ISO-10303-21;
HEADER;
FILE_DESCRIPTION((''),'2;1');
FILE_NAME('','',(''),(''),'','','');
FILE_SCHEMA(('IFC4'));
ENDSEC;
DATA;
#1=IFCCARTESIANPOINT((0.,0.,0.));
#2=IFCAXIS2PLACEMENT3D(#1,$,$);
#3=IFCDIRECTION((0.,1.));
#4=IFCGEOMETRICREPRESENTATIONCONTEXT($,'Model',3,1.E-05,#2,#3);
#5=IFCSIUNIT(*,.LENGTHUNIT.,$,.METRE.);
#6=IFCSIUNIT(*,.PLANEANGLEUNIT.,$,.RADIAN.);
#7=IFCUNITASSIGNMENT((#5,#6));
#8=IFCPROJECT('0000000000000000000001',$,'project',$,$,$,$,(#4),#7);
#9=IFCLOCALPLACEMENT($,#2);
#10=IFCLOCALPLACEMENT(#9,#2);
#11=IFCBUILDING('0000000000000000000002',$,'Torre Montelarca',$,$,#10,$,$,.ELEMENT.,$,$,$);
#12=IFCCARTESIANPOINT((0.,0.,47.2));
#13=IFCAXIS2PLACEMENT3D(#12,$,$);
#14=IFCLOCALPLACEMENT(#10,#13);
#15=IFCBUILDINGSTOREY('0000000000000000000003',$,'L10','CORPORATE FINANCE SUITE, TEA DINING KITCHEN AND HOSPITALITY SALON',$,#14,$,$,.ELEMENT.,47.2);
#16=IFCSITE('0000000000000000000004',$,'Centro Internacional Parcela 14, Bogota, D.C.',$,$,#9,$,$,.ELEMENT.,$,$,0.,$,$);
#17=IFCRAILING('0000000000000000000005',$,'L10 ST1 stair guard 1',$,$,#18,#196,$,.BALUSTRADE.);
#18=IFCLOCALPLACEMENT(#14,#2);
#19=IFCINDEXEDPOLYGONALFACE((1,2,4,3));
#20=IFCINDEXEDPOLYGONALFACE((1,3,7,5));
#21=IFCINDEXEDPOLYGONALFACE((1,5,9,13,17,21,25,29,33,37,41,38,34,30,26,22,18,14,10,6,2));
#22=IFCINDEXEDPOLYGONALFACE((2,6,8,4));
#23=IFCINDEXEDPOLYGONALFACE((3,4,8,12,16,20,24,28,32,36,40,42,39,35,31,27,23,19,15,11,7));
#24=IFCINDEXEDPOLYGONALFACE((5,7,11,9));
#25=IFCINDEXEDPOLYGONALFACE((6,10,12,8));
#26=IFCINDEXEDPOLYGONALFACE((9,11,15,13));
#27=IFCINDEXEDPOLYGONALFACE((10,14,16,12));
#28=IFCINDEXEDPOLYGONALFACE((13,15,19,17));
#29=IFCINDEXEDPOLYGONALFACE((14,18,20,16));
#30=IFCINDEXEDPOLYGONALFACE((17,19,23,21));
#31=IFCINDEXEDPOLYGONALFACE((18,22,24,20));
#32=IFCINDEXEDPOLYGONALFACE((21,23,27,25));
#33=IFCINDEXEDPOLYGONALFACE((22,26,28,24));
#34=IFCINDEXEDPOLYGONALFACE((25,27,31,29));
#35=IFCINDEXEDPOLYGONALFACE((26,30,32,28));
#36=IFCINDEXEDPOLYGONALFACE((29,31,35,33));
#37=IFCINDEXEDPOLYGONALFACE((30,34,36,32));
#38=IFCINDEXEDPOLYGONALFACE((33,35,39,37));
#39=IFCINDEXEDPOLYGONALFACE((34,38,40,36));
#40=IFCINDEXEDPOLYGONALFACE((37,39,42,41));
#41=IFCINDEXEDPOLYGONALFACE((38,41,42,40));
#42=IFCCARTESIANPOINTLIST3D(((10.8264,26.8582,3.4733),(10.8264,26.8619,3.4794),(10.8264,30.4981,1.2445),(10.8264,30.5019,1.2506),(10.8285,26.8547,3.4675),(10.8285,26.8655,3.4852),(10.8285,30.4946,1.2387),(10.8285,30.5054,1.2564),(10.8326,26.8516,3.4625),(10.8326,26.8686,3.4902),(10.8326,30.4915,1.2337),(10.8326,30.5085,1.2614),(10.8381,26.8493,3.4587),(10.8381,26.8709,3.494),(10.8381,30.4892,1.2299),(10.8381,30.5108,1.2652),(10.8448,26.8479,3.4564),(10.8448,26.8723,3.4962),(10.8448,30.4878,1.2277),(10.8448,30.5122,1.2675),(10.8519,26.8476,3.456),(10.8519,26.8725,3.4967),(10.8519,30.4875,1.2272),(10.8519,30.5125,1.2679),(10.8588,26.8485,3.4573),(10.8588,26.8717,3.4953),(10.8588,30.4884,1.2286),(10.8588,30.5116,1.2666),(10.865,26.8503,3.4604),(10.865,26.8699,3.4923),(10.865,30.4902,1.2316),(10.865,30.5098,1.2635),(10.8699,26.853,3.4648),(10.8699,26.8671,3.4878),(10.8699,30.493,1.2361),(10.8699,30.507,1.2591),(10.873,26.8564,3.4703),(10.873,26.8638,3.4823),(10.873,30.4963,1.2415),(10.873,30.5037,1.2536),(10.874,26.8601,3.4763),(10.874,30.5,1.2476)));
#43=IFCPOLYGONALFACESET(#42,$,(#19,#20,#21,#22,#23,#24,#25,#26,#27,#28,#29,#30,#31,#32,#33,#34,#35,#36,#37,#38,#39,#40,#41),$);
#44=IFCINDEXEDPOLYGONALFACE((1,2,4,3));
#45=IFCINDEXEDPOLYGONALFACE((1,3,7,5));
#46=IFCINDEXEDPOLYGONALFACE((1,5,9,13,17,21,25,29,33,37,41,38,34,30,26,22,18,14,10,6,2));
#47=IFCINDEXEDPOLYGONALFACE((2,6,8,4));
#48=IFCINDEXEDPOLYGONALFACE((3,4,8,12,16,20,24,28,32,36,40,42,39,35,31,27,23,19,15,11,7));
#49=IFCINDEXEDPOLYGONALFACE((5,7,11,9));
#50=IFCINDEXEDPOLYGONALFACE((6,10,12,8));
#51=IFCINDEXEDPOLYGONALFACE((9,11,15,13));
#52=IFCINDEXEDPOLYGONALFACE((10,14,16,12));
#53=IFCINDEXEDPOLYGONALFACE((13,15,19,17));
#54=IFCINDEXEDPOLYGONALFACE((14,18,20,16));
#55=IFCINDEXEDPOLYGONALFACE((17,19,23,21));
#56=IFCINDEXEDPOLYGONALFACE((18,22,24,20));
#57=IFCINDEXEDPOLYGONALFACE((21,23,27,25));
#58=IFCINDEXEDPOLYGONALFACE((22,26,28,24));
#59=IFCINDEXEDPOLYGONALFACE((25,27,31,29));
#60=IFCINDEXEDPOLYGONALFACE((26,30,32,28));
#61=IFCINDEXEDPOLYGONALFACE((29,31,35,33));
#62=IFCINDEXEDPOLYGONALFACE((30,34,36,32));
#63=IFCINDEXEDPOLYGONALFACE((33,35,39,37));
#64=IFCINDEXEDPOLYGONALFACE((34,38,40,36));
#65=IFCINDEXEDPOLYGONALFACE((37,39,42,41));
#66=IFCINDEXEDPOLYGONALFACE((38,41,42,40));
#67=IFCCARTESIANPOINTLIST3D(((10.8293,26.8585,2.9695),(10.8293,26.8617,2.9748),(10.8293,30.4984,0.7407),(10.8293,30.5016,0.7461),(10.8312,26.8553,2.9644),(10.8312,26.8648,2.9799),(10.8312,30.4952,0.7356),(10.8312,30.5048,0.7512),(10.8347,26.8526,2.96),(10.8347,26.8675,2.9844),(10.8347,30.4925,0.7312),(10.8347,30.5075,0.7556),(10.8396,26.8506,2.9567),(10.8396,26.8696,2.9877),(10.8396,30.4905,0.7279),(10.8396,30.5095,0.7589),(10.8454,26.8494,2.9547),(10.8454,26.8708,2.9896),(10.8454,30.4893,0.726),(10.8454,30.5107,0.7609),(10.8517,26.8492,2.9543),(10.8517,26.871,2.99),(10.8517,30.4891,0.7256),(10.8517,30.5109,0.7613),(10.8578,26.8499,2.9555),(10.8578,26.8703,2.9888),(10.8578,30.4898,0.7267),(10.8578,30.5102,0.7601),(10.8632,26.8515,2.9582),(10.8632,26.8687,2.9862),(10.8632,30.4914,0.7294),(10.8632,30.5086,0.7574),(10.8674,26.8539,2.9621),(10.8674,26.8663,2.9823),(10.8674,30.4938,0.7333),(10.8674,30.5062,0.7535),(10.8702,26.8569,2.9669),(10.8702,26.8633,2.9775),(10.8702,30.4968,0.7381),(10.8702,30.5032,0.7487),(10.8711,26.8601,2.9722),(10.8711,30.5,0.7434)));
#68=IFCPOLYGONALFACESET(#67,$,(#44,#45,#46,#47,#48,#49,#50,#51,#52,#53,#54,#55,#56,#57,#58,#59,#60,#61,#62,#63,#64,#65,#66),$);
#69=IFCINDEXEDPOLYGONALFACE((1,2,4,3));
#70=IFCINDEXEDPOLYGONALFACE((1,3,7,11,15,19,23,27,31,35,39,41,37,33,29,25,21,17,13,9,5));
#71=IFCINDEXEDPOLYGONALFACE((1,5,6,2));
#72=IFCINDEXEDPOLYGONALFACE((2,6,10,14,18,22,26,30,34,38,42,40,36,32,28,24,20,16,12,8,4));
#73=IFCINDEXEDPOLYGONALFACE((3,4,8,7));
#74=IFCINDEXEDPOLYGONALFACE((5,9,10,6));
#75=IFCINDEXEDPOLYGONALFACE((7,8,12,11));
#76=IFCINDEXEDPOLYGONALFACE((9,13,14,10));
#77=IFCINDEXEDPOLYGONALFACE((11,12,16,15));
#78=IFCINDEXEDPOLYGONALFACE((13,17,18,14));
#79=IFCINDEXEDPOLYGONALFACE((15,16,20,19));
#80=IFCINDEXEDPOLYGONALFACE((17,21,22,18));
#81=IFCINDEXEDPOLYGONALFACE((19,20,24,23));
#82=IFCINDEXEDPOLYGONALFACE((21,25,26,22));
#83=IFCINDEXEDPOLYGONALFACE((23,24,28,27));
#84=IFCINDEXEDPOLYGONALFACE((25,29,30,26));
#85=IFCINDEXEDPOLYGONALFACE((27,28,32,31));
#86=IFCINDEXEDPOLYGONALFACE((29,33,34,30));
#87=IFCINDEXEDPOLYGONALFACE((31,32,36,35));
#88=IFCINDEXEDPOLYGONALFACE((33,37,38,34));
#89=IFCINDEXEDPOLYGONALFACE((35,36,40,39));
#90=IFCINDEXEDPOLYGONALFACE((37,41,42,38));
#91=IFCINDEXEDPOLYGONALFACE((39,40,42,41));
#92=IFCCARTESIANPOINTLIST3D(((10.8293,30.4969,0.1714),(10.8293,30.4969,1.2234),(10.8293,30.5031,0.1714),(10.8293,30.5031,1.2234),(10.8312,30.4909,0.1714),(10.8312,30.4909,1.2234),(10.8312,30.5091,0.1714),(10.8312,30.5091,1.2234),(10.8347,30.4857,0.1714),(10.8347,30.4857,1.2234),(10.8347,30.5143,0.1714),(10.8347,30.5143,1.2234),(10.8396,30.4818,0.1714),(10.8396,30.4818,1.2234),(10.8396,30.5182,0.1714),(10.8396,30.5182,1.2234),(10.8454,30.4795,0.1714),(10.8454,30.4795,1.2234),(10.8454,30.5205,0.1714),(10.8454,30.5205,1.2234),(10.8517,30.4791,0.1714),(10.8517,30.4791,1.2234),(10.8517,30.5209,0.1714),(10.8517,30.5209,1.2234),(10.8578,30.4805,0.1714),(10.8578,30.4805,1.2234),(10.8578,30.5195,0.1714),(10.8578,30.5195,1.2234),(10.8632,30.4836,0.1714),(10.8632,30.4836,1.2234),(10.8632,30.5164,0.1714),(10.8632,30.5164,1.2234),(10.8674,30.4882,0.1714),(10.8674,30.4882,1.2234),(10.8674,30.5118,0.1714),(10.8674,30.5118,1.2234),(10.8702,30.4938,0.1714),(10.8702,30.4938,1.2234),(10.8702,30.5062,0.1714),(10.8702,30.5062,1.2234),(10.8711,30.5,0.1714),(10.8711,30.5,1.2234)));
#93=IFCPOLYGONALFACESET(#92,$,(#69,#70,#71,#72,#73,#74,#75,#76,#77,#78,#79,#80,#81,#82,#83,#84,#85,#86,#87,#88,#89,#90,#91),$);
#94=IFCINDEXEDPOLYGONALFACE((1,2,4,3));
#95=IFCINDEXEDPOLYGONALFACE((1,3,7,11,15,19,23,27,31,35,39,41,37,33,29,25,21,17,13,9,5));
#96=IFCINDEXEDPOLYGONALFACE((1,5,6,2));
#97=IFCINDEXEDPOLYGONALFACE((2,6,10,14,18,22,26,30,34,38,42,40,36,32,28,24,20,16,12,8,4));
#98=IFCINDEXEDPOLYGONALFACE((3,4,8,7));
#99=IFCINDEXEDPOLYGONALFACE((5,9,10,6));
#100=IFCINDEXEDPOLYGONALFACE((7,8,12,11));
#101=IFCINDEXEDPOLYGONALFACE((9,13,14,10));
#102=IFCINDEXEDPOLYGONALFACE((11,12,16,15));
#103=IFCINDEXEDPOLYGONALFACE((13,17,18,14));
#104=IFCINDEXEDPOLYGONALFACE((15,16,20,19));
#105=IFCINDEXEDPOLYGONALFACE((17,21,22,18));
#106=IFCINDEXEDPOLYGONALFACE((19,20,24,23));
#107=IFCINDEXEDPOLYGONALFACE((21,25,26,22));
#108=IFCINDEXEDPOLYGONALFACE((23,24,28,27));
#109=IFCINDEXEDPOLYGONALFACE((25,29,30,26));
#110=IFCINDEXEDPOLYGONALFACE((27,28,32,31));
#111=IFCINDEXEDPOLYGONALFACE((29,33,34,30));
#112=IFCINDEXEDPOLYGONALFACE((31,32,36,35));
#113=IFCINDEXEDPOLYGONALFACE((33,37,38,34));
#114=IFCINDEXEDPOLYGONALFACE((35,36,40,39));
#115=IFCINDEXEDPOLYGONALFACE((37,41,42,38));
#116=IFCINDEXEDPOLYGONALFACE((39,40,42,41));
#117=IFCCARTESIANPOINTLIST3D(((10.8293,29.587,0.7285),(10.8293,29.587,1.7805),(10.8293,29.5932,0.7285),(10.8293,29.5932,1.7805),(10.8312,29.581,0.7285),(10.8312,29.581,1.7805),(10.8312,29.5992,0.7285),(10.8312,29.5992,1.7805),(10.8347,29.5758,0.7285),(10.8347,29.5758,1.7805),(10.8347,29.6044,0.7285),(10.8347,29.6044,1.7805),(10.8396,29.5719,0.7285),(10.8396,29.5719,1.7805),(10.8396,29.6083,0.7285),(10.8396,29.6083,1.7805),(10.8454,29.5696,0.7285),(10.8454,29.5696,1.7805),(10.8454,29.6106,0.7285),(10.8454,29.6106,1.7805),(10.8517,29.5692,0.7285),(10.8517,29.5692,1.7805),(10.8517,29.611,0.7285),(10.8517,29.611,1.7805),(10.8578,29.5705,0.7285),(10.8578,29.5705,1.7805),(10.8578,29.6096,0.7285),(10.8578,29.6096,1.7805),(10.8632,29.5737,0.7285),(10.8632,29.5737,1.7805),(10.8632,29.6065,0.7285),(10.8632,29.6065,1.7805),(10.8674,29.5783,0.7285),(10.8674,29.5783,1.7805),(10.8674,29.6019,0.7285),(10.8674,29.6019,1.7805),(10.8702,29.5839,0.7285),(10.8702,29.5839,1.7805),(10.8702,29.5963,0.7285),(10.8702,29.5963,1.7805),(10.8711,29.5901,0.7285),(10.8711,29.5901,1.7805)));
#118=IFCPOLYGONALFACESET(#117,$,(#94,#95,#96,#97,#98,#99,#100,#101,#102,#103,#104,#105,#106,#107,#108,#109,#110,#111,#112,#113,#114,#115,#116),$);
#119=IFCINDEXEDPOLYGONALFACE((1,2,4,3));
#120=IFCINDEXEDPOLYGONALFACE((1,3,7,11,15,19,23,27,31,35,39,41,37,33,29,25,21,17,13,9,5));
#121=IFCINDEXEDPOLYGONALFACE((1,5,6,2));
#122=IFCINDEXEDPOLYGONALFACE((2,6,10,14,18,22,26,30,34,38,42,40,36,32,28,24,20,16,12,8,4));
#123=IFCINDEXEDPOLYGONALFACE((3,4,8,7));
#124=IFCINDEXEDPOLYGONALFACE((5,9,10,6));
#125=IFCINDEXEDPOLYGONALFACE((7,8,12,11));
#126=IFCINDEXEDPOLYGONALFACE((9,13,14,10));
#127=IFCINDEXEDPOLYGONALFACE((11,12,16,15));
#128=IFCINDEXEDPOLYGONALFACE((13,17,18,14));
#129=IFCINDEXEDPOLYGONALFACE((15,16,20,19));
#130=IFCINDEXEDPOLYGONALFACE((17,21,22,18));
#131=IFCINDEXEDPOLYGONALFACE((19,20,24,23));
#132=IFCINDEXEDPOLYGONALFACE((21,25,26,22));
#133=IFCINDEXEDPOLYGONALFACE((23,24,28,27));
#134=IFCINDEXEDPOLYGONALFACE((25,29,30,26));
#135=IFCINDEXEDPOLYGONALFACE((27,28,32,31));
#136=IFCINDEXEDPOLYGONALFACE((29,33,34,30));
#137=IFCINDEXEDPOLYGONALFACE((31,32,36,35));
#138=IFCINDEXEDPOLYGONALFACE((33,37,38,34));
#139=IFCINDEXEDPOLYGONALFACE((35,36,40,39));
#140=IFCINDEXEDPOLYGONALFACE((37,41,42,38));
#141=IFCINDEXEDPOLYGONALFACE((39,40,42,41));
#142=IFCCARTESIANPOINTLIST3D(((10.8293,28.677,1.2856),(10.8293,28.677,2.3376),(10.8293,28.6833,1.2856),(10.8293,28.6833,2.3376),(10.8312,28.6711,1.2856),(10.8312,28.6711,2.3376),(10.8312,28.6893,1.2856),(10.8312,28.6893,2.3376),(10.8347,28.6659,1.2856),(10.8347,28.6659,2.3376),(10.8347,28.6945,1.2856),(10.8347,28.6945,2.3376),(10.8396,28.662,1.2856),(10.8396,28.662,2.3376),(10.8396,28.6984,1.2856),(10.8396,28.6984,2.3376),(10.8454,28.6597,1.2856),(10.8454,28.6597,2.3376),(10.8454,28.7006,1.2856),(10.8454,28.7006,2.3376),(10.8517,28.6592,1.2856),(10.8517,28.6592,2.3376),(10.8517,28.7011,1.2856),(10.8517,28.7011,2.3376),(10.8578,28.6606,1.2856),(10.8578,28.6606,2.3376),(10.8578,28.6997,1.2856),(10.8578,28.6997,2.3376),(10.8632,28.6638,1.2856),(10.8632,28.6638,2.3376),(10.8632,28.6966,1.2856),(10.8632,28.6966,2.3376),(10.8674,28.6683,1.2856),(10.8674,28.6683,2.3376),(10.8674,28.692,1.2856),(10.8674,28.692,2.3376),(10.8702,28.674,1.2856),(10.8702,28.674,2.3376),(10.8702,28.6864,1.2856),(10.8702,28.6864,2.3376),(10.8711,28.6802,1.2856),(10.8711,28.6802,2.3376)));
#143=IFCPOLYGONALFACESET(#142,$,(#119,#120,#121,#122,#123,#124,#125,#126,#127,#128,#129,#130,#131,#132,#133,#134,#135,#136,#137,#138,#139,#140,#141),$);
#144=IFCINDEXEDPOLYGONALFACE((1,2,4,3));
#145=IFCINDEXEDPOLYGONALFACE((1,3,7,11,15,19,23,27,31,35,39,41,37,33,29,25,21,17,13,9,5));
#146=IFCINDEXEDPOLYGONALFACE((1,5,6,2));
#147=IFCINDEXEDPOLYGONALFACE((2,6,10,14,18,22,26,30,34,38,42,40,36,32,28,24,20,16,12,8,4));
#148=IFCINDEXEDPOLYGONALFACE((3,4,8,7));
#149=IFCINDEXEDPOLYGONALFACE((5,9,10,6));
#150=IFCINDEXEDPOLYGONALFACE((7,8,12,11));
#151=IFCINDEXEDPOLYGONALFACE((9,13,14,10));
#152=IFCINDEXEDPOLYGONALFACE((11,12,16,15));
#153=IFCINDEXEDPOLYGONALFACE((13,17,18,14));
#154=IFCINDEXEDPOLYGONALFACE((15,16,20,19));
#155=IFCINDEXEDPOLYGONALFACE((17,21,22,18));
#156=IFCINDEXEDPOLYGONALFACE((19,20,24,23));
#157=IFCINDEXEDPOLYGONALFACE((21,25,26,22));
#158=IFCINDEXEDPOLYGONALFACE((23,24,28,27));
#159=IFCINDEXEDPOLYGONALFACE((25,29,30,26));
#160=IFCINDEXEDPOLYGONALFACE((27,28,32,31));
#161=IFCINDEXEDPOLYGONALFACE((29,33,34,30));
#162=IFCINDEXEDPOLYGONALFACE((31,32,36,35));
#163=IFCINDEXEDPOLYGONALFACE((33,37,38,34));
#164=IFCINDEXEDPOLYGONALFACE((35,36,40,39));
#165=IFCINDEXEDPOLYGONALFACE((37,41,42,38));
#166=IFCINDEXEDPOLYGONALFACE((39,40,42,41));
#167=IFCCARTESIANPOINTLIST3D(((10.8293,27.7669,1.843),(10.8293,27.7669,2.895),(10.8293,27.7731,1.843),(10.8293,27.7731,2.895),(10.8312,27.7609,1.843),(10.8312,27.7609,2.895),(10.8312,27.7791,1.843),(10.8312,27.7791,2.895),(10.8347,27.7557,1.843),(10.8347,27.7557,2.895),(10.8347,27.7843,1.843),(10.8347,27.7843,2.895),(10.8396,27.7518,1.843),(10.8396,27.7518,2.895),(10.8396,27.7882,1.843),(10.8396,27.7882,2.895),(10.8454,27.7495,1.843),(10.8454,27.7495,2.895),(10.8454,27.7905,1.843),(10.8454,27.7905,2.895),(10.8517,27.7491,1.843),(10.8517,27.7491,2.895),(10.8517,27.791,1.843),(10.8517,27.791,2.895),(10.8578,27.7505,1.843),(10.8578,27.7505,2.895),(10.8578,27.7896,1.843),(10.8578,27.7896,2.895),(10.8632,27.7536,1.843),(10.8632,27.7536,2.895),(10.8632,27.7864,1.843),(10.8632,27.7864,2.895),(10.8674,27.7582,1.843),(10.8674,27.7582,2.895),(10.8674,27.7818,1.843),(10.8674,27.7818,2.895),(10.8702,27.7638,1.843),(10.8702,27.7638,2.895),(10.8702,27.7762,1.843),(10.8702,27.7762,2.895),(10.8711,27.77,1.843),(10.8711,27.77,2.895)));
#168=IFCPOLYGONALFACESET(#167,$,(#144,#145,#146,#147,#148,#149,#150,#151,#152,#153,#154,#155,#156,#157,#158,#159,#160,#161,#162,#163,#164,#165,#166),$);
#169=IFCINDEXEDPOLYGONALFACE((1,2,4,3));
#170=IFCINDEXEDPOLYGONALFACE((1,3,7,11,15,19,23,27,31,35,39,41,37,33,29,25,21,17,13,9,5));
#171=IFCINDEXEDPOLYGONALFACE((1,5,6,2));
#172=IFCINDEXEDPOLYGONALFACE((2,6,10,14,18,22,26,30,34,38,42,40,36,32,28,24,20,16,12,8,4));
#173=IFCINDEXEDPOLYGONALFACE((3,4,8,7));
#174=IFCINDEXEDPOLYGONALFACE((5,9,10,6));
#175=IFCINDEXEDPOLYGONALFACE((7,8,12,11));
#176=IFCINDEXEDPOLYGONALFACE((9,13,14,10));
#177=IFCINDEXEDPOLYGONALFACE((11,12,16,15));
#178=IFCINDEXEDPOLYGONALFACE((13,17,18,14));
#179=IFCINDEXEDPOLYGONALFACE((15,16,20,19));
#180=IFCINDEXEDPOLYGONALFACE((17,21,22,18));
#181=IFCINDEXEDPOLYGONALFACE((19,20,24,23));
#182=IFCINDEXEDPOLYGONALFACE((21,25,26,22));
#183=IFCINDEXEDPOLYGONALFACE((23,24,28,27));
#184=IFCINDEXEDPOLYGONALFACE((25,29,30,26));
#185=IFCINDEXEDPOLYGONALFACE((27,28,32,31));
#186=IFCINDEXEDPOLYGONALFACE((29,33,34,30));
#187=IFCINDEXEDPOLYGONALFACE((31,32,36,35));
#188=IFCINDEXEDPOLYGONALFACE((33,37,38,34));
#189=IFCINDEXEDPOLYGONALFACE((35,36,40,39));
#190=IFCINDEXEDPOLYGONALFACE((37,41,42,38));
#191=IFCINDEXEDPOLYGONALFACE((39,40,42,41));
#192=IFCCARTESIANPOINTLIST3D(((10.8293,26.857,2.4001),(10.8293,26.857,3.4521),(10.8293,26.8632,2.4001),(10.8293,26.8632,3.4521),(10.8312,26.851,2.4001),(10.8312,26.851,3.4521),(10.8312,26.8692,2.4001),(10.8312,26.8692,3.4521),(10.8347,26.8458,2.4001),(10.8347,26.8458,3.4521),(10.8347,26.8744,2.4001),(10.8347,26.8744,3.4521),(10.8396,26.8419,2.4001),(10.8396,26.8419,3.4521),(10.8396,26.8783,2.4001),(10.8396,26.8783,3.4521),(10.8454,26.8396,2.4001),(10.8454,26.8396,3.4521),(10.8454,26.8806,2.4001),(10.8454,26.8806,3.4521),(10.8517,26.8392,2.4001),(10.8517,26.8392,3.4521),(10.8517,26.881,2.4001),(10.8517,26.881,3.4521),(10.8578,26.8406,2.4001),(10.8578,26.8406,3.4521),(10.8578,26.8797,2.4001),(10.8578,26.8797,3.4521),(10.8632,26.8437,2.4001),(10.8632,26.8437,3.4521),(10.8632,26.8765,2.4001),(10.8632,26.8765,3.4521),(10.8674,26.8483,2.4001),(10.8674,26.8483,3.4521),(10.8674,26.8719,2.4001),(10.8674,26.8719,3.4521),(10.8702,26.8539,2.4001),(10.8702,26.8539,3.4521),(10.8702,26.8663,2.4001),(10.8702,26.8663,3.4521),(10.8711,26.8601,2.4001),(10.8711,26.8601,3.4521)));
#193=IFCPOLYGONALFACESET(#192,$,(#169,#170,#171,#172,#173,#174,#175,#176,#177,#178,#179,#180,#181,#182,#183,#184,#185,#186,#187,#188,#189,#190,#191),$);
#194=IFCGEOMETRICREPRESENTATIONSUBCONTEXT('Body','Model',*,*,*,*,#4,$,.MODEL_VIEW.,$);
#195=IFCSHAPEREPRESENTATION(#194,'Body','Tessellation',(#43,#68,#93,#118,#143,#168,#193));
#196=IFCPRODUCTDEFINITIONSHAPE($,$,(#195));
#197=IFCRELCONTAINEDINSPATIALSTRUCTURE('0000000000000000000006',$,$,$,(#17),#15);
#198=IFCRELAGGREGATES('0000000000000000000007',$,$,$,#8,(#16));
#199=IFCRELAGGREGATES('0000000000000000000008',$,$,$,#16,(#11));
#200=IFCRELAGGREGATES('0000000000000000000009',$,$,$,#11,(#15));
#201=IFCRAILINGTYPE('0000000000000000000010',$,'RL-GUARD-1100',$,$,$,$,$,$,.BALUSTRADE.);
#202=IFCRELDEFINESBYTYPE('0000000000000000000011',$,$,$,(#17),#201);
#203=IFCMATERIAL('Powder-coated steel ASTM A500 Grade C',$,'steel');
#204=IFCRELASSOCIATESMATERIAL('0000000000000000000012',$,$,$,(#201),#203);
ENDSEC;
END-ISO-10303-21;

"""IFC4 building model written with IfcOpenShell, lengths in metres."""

from ifc_helpers import new_model, si_unit, direction, frame, origin, origin_2d, place, context, subcontext, project, spatial, circle, extrude, material, type_object, element, save


model = new_model("IFC4")

# Units and contexts
model_context = context("Model", 3, precision=1e-05, world=origin(), true_north=direction((0.0, 1.0)))
body_context = subcontext(model_context, "Body", "Model", "MODEL_VIEW")
ifc_project = project(units=[si_unit("LENGTHUNIT", "METRE"), si_unit("PLANEANGLEUNIT", "RADIAN")], contexts=[model_context])

# Site, building, storey
site_placement = place(None, origin())
site = spatial("IfcSite", under=ifc_project, at=site_placement, Name="Centro Internacional Parcela 14, Bogota, D.C.", CompositionType="ELEMENT", RefElevation=0.0)
building_placement = place(site_placement, origin())
building = spatial("IfcBuilding", under=site, at=building_placement, Name="Torre Montelarca", CompositionType="ELEMENT")
storey_placement = place(building_placement, frame((0.0, 0.0, 47.2)))
storey = spatial("IfcBuildingStorey", under=building, at=storey_placement, Name="L10", Description="CORPORATE FINANCE SUITE, TEA DINING KITCHEN AND HOSPITALITY SALON", CompositionType="ELEMENT", Elevation=47.2)

# Railing
ifc_material_1 = material(Name="Powder-coated steel ASTM A500 Grade C", Category="steel")
railing_type_1 = type_object("IfcRailingType", Name="RL-GUARD-1100", PredefinedType="BALUSTRADE", material=ifc_material_1)
railing_1_placement = place(storey_placement, frame((10.8501, 30.5, 0.1714)))
element("IfcRailing", 1, at=railing_1_placement, inside=storey, type_object=railing_type_1, Name="L10 ST1 stair guard 1", PredefinedType="BALUSTRADE", context=body_context, shape_type="SweptSolid", body=[
    extrude(circle(Radius=0.0239, at=origin_2d()), frame((0.0, 0.0, 1.0762), z_axis=(0.0, -0.852825, 0.522197), x_axis=(1.0, 0.0, 0.0)), (0.0, 0.0, 1.0), 4.2681),
    extrude(circle(Radius=0.021, at=origin_2d()), frame((0.0, 0.0, 0.572), z_axis=(0.0, -0.852825, 0.522197), x_axis=(1.0, 0.0, 0.0)), (0.0, 0.0, 1.0), 4.2681),
    extrude(circle(Radius=0.021, at=origin_2d()), origin(), (0.0, 0.0, 1.0), 1.052),
    extrude(circle(Radius=0.021, at=origin_2d()), frame((0.0, -0.9099, 0.5571)), (0.0, 0.0, 1.0), 1.052),
    extrude(circle(Radius=0.021, at=origin_2d()), frame((0.0, -1.8198, 1.1143)), (0.0, 0.0, 1.0), 1.052),
    extrude(circle(Radius=0.021, at=origin_2d()), frame((0.0, -2.73, 1.6716)), (0.0, 0.0, 1.0), 1.052),
    extrude(circle(Radius=0.021, at=origin_2d()), frame((0.0, -3.6399, 2.2288)), (0.0, 0.0, 1.0), 1.052),
])

save(model, "model.ifc")
